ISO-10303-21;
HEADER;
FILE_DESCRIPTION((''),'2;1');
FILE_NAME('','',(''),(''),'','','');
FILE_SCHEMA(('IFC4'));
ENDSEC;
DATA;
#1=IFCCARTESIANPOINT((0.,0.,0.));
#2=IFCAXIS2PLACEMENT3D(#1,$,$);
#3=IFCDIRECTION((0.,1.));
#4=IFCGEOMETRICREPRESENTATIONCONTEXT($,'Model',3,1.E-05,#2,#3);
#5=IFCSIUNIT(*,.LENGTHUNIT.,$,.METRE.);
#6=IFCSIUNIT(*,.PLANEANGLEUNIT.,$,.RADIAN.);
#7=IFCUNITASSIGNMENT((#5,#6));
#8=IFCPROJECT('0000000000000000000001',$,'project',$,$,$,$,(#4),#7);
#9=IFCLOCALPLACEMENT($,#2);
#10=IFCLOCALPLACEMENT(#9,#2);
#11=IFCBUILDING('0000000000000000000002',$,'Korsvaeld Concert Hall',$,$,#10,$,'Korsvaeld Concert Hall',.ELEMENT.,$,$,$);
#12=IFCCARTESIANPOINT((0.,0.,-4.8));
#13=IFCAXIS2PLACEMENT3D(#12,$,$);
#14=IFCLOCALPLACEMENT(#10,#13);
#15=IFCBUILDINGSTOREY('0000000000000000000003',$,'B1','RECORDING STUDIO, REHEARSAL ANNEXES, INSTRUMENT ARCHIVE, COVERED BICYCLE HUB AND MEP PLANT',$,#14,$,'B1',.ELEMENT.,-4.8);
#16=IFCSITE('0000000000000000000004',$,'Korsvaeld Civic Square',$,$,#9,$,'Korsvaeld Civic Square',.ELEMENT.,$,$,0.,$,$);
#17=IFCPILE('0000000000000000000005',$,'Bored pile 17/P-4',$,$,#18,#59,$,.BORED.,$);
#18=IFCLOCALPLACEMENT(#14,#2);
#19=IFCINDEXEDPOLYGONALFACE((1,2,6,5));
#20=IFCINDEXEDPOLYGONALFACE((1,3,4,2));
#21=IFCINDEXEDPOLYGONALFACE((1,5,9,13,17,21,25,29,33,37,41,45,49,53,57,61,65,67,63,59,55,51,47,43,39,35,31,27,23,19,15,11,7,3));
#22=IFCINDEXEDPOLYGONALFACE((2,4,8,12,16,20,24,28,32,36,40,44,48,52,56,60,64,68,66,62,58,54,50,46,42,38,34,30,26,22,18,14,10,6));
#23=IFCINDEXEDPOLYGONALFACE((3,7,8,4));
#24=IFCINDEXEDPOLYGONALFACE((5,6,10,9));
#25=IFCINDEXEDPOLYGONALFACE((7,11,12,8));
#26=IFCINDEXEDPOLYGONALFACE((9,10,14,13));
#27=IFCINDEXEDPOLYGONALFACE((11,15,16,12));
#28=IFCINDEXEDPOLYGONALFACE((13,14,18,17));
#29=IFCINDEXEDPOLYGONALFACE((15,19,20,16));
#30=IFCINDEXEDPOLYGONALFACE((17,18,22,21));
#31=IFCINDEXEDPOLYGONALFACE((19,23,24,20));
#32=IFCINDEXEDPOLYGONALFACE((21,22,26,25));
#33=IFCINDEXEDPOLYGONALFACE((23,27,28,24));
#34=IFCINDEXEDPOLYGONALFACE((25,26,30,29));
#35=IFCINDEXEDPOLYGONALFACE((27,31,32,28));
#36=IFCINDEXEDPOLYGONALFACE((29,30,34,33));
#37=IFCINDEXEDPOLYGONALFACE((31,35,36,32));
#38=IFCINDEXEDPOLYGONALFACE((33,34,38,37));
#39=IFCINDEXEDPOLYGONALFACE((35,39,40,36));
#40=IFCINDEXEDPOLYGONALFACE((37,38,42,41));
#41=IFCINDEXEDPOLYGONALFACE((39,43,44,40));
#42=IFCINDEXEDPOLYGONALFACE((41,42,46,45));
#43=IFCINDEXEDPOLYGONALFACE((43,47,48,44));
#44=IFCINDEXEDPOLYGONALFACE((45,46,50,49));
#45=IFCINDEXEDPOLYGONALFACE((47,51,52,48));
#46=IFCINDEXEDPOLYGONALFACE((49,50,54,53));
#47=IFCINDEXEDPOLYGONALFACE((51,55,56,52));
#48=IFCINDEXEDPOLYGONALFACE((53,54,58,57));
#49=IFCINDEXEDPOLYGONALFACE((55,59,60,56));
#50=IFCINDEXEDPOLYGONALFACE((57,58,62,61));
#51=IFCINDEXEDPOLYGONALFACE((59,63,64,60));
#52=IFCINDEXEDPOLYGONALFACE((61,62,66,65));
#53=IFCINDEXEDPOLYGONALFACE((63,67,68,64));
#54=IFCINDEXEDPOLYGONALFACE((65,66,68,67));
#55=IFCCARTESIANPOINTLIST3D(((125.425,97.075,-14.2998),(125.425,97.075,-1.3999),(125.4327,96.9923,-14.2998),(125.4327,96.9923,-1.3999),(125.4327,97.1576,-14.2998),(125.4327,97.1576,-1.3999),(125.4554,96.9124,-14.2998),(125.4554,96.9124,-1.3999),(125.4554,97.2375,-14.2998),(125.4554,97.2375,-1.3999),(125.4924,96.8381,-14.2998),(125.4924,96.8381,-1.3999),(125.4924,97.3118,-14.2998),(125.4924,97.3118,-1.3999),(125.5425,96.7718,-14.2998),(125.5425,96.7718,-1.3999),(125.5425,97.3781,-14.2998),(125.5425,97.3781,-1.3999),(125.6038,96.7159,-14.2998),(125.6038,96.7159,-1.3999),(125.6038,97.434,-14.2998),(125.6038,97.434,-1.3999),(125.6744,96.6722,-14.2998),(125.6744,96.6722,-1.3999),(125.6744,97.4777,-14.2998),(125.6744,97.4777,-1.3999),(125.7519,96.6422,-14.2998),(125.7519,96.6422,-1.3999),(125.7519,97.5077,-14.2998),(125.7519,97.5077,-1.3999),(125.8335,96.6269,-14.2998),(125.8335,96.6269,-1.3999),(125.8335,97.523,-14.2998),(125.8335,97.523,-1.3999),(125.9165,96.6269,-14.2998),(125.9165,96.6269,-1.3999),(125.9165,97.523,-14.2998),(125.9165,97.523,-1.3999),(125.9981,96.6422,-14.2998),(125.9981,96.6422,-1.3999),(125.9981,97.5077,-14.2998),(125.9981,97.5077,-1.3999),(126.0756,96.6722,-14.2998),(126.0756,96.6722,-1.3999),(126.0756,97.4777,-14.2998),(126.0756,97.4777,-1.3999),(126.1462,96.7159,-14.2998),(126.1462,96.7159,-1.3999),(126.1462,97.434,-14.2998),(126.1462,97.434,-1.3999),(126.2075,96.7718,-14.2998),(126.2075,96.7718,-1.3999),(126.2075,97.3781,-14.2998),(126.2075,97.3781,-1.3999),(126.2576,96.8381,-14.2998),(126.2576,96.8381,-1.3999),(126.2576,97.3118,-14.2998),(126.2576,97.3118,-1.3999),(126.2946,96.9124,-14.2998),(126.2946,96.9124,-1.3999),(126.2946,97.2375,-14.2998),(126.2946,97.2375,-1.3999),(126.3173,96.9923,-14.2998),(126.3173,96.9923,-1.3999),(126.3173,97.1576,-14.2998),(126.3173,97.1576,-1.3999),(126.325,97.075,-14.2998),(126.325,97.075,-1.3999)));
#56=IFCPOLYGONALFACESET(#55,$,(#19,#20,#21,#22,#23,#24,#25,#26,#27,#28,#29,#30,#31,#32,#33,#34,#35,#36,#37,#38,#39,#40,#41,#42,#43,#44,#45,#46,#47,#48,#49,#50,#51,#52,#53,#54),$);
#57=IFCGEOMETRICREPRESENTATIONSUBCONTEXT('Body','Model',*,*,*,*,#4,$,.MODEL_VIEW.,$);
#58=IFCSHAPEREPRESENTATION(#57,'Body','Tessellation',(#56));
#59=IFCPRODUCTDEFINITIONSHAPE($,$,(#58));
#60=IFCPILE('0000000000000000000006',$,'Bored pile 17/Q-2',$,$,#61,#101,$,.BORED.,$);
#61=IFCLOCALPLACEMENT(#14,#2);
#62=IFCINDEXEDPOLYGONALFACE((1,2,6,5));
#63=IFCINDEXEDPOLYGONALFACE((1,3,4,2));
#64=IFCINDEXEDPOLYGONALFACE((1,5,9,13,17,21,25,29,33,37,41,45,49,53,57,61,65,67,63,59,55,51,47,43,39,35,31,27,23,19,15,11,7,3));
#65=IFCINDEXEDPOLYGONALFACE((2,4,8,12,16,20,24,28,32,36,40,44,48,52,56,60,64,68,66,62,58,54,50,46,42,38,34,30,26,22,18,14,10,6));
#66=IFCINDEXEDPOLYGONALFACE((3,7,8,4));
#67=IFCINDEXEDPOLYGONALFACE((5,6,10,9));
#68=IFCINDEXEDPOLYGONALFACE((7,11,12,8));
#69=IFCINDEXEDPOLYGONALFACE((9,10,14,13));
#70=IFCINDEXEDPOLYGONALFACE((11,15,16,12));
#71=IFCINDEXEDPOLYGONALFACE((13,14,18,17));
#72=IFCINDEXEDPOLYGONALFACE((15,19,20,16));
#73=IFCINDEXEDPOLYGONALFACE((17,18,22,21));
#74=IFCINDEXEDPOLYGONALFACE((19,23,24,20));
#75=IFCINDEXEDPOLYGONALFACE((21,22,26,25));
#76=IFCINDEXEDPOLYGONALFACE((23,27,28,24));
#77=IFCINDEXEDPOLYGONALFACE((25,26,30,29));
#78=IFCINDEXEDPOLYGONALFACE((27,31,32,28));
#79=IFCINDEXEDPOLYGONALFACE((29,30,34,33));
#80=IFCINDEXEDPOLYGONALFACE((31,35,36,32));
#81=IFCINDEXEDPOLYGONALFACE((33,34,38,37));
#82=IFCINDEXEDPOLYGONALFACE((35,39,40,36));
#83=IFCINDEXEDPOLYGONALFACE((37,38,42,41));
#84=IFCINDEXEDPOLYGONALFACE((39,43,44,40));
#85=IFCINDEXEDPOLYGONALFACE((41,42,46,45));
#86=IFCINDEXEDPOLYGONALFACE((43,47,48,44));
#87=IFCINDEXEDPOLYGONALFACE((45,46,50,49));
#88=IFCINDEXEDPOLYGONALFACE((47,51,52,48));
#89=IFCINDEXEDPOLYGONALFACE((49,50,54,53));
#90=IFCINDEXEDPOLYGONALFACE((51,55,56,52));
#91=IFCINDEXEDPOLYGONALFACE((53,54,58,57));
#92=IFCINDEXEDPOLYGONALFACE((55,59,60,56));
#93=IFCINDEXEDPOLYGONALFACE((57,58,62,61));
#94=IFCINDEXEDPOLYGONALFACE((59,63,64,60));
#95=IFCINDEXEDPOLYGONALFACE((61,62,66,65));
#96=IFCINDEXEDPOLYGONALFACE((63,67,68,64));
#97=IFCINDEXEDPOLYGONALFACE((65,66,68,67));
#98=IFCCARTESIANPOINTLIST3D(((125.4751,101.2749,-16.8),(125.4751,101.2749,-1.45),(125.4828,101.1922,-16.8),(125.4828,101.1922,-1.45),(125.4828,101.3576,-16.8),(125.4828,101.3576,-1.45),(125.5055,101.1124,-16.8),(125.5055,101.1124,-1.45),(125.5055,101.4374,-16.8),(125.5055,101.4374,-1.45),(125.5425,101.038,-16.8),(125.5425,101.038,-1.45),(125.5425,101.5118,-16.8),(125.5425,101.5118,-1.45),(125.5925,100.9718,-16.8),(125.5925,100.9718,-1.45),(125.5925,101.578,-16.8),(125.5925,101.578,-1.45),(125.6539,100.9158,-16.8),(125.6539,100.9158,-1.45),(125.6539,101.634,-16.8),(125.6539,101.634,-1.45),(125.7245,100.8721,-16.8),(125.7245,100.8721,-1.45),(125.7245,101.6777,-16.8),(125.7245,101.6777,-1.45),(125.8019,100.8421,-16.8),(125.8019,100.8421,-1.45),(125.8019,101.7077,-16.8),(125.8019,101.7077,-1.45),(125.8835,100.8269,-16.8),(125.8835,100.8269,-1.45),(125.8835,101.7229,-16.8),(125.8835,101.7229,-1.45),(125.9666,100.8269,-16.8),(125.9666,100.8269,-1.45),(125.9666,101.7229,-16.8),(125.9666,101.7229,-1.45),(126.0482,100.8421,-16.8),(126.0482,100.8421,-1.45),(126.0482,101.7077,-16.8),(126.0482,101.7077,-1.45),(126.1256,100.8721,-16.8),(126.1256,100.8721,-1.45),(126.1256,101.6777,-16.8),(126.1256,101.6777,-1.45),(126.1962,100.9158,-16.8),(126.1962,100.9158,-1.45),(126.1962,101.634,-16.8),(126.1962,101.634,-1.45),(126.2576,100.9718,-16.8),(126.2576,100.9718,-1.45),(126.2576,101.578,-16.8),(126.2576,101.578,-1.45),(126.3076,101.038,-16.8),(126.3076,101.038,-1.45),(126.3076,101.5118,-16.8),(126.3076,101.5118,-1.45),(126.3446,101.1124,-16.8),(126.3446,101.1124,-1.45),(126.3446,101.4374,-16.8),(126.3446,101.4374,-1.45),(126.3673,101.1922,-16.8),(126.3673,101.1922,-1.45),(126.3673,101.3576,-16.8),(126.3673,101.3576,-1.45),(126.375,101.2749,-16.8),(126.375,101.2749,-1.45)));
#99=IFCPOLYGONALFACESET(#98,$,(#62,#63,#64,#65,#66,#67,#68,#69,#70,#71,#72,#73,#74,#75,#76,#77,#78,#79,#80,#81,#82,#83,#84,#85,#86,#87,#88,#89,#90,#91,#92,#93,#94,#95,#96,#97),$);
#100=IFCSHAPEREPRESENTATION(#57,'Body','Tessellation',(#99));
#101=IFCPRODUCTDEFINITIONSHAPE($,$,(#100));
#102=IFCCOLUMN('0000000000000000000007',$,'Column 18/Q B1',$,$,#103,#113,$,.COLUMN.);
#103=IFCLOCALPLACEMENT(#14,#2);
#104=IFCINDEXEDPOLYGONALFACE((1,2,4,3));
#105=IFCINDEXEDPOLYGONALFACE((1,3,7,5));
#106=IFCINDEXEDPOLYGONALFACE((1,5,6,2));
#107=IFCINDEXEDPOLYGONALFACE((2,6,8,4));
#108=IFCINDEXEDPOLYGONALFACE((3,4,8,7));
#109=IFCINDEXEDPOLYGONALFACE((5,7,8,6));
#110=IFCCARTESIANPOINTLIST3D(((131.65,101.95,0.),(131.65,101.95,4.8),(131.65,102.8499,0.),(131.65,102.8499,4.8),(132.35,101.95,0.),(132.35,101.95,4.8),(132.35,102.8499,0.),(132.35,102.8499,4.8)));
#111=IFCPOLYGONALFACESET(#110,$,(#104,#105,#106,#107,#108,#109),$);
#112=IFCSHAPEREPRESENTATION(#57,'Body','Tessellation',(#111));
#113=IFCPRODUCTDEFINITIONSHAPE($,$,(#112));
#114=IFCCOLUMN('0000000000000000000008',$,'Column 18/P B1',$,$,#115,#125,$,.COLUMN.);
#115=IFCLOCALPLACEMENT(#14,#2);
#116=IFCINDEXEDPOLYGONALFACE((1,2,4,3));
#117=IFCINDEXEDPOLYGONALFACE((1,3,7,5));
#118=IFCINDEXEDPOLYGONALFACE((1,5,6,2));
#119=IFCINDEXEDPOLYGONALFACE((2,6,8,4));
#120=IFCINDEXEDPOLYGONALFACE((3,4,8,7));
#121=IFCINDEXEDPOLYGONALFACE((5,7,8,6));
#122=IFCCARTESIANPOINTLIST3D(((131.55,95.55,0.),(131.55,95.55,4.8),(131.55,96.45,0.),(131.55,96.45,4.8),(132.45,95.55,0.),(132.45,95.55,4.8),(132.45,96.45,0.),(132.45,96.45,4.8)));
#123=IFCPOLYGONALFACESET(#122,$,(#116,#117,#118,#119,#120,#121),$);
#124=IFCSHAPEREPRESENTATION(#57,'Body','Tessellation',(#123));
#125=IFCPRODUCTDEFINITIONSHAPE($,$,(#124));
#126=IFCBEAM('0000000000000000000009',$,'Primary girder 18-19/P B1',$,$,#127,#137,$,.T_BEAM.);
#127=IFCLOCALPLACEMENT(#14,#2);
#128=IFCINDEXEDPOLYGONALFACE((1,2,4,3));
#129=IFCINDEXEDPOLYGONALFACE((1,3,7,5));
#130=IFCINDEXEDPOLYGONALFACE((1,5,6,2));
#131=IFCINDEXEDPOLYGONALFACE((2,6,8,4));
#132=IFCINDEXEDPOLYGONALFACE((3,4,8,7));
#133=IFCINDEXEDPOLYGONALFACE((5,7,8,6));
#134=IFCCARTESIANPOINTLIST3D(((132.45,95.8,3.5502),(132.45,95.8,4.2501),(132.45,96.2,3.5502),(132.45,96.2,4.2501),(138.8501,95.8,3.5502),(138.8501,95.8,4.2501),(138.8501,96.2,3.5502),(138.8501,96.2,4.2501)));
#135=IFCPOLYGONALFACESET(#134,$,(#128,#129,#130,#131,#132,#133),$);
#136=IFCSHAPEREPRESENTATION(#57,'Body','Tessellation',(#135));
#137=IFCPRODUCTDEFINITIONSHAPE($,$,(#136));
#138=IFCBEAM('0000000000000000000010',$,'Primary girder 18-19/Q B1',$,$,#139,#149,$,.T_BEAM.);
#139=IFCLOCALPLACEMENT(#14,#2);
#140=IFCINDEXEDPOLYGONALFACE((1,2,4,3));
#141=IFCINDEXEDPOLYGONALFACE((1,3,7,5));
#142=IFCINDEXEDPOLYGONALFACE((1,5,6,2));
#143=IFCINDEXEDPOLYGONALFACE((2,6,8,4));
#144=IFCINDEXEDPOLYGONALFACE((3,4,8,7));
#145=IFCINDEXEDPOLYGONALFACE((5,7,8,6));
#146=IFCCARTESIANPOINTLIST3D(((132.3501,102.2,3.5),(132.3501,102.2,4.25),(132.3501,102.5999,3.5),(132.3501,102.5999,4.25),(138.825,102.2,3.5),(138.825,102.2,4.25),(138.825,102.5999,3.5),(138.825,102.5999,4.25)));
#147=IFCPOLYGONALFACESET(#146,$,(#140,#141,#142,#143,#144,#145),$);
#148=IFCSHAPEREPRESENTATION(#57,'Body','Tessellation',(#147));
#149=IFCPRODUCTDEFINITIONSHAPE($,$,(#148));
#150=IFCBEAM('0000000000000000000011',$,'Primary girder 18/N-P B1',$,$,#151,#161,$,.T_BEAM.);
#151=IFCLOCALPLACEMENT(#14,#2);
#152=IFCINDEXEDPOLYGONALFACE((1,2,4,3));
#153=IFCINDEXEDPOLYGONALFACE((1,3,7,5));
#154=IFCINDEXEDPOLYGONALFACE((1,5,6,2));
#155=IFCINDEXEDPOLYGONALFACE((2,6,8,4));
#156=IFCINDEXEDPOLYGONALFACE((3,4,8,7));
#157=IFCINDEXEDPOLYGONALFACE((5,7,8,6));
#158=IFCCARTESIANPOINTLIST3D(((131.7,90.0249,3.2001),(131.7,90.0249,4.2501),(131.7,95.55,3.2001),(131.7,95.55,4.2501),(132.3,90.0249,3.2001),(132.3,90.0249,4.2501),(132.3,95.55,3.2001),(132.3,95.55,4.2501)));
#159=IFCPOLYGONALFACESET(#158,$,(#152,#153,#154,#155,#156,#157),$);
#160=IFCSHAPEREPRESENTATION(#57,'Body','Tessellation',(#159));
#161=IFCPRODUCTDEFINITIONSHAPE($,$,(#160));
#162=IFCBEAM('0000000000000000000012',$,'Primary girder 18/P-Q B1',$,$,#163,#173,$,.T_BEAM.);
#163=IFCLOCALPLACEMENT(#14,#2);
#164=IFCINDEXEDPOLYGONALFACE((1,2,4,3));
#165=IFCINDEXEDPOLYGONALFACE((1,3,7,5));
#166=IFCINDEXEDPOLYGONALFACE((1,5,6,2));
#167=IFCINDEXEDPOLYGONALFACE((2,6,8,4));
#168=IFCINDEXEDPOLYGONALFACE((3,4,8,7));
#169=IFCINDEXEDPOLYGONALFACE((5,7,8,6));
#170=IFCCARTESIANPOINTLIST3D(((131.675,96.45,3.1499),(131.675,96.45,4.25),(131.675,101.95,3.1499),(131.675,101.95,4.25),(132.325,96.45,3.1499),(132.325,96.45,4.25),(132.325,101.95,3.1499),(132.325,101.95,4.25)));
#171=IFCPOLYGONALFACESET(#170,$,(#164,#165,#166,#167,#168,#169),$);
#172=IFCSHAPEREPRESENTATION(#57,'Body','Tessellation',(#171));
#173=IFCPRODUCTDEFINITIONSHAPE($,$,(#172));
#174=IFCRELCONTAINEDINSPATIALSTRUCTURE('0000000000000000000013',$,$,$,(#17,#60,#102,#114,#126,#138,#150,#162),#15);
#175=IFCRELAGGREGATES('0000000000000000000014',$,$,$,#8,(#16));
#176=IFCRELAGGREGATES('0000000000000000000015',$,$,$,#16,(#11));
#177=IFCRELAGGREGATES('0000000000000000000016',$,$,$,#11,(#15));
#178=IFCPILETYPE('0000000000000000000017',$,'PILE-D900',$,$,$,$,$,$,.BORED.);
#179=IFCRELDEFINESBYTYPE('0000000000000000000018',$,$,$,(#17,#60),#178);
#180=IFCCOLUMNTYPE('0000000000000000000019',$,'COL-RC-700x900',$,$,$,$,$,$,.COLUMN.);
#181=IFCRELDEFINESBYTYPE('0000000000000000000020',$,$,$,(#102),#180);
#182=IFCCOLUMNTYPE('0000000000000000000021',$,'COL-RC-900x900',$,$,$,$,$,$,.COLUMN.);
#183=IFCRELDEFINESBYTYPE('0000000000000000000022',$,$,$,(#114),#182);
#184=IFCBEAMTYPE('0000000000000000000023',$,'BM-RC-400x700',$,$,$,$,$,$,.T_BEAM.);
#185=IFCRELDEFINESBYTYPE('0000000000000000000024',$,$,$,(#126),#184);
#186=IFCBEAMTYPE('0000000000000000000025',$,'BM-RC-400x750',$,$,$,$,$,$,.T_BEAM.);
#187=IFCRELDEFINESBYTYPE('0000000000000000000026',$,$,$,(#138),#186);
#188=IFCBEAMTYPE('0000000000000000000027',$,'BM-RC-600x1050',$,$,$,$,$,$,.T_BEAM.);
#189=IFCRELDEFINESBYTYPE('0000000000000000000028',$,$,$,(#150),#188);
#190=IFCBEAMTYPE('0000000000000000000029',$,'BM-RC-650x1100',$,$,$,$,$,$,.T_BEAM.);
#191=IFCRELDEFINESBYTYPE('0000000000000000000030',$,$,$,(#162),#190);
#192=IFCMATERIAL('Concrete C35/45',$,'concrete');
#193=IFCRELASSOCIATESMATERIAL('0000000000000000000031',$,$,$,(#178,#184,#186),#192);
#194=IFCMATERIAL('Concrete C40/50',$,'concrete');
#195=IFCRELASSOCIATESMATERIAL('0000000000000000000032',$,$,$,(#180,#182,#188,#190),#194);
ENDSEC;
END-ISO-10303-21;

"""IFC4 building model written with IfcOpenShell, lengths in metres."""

from ifc_helpers import new_model, si_unit, direction, frame, origin, origin_2d, place, context, subcontext, project, spatial, rectangle, circle, extrude, material, material_profile, profile_set, type_object, element, save


model = new_model("IFC4")

# Units and contexts
model_context = context("Model", 3, precision=1e-05, world=origin(), true_north=direction((0.0, 1.0)))
body_context = subcontext(model_context, "Body", "Model", "MODEL_VIEW")
ifc_project = project(units=[si_unit("LENGTHUNIT", "METRE"), si_unit("PLANEANGLEUNIT", "RADIAN")], contexts=[model_context])

# Site, building, storey
site_placement = place(None, origin())
site = spatial("IfcSite", under=ifc_project, at=site_placement, Name="Korsvaeld Civic Square", LongName="Korsvaeld Civic Square", CompositionType="ELEMENT", RefElevation=0.0)
building_placement = place(site_placement, origin())
building = spatial("IfcBuilding", under=site, at=building_placement, Name="Korsvaeld Concert Hall", LongName="Korsvaeld Concert Hall", CompositionType="ELEMENT")
storey_placement = place(building_placement, frame((0.0, 0.0, -4.8)))
storey = spatial("IfcBuildingStorey", under=building, at=storey_placement, Name="B1", Description="RECORDING STUDIO, REHEARSAL ANNEXES, INSTRUMENT ARCHIVE, COVERED BICYCLE HUB AND MEP PLANT", LongName="B1", CompositionType="ELEMENT", Elevation=-4.8)

# Shared definitions
ifc_material_1 = material(Name="Concrete C35/45", Category="concrete")

# Piles
ifc_material_profile_1 = material_profile(ifc_material_1, circle(Radius=0.45, at=origin_2d()), Name="BORED PILE D900")
ifc_profile_set_1 = profile_set([ifc_material_profile_1], Name="Concrete C35/45")
pile_type_1 = type_object("IfcPileType", Name="PILE-D900", PredefinedType="BORED", material=ifc_profile_set_1)
for number, where, z_axis, x_axis, name in (
    (1, (125.875, 97.075, -1.3999), (0.0, 0.0, -1.0), (1.0, 0.0, 0.0), "Bored pile 17/P-4"),
):
    element("IfcPile", number, at=place(storey_placement, frame(where, z_axis=z_axis, x_axis=x_axis)), inside=storey, type_object=pile_type_1, Name=name, PredefinedType="BORED", context=body_context, shape_type="SweptSolid", body=[
        extrude(circle(Radius=0.45, at=origin_2d()), origin(), (0.0, 0.0, 1.0), 12.8999),
    ])
pile_1_placement = place(storey_placement, frame((125.925, 101.2749, -1.45), z_axis=(0.0, 0.0, -1.0), x_axis=(1.0, 0.0, 0.0)))
element("IfcPile", 2, at=pile_1_placement, inside=storey, type_object=pile_type_1, Name="Bored pile 17/Q-2", PredefinedType="BORED", context=body_context, shape_type="SweptSolid", body=[
    extrude(circle(Radius=0.45, at=origin_2d()), origin(), (0.0, 0.0, 1.0), 15.3501),
])

# Columns
ifc_material_2 = material(Name="Concrete C40/50", Category="concrete")
ifc_material_profile_2 = material_profile(ifc_material_2, rectangle(XDim=0.7, YDim=0.8999, at=origin_2d()), Name="RC 700x900")
ifc_profile_set_2 = profile_set([ifc_material_profile_2], Name="Concrete C40/50")
column_type_1 = type_object("IfcColumnType", Name="COL-RC-700x900", PredefinedType="COLUMN", material=ifc_profile_set_2)
column_1_placement = place(storey_placement, frame((132.0, 102.3999, 0.0), z_axis=(0.0, 0.0, 1.0), x_axis=(1.0, 0.0, 0.0)))
element("IfcColumn", 3, at=column_1_placement, inside=storey, type_object=column_type_1, Name="Column 18/Q B1", PredefinedType="COLUMN", context=body_context, shape_type="SweptSolid", body=[
    extrude(rectangle(XDim=0.7, YDim=0.8999, at=origin_2d()), origin(), (0.0, 0.0, 1.0), 4.8),
])
ifc_material_profile_3 = material_profile(ifc_material_2, rectangle(XDim=0.8999, YDim=0.8999, at=origin_2d()), Name="RC 900x900")
ifc_profile_set_3 = profile_set([ifc_material_profile_3], Name="Concrete C40/50")
column_type_2 = type_object("IfcColumnType", Name="COL-RC-900x900", PredefinedType="COLUMN", material=ifc_profile_set_3)
column_2_placement = place(storey_placement, frame((132.0, 96.0, 0.0), z_axis=(0.0, 0.0, 1.0), x_axis=(1.0, 0.0, 0.0)))
element("IfcColumn", 4, at=column_2_placement, inside=storey, type_object=column_type_2, Name="Column 18/P B1", PredefinedType="COLUMN", context=body_context, shape_type="SweptSolid", body=[
    extrude(rectangle(XDim=0.8999, YDim=0.8999, at=origin_2d()), origin(), (0.0, 0.0, 1.0), 4.8),
])

# Beams
ifc_material_profile_4 = material_profile(ifc_material_1, rectangle(XDim=0.3999, YDim=0.7, at=origin_2d()), Name="RC 400x700")
ifc_profile_set_4 = profile_set([ifc_material_profile_4], Name="Concrete C35/45")
beam_type_1 = type_object("IfcBeamType", Name="BM-RC-400x700", PredefinedType="T_BEAM", material=ifc_profile_set_4)
beam_1_placement = place(storey_placement, frame((132.45, 96.0, 3.9001), z_axis=(1.0, 0.0, 0.0), x_axis=(0.0, 1.0, 0.0)))
element("IfcBeam", 5, at=beam_1_placement, inside=storey, type_object=beam_type_1, Name="Primary girder 18-19/P B1", PredefinedType="T_BEAM", context=body_context, shape_type="SweptSolid", body=[
    extrude(rectangle(XDim=0.3999, YDim=0.7, at=origin_2d()), origin(), (0.0, 0.0, 1.0), 6.4001),
])
ifc_material_profile_5 = material_profile(ifc_material_1, rectangle(XDim=0.3999, YDim=0.75, at=origin_2d()), Name="RC 400x750")
ifc_profile_set_5 = profile_set([ifc_material_profile_5], Name="Concrete C35/45")
beam_type_2 = type_object("IfcBeamType", Name="BM-RC-400x750", PredefinedType="T_BEAM", material=ifc_profile_set_5)
beam_2_placement = place(storey_placement, frame((132.3501, 102.3999, 3.875), z_axis=(1.0, 0.0, 0.0), x_axis=(0.0, 1.0, 0.0)))
element("IfcBeam", 6, at=beam_2_placement, inside=storey, type_object=beam_type_2, Name="Primary girder 18-19/Q B1", PredefinedType="T_BEAM", context=body_context, shape_type="SweptSolid", body=[
    extrude(rectangle(XDim=0.3999, YDim=0.75, at=origin_2d()), origin(), (0.0, 0.0, 1.0), 6.4749),
])
ifc_material_profile_6 = material_profile(ifc_material_2, rectangle(XDim=0.6001, YDim=1.05, at=origin_2d()), Name="RC 600x1050")
ifc_profile_set_6 = profile_set([ifc_material_profile_6], Name="Concrete C40/50")
beam_type_3 = type_object("IfcBeamType", Name="BM-RC-600x1050", PredefinedType="T_BEAM", material=ifc_profile_set_6)
beam_3_placement = place(storey_placement, frame((132.0, 90.0249, 3.7251), z_axis=(0.0, 1.0, 0.0), x_axis=(-1.0, 0.0, 0.0)))
element("IfcBeam", 7, at=beam_3_placement, inside=storey, type_object=beam_type_3, Name="Primary girder 18/N-P B1", PredefinedType="T_BEAM", context=body_context, shape_type="SweptSolid", body=[
    extrude(rectangle(XDim=0.6001, YDim=1.05, at=origin_2d()), origin(), (0.0, 0.0, 1.0), 5.5251),
])
ifc_material_profile_7 = material_profile(ifc_material_2, rectangle(XDim=0.6499, YDim=1.1001, at=origin_2d()), Name="RC 650x1100")
ifc_profile_set_7 = profile_set([ifc_material_profile_7], Name="Concrete C40/50")
beam_type_4 = type_object("IfcBeamType", Name="BM-RC-650x1100", PredefinedType="T_BEAM", material=ifc_profile_set_7)
beam_4_placement = place(storey_placement, frame((132.0, 96.45, 3.7), z_axis=(0.0, 1.0, 0.0), x_axis=(-1.0, 0.0, 0.0)))
element("IfcBeam", 8, at=beam_4_placement, inside=storey, type_object=beam_type_4, Name="Primary girder 18/P-Q B1", PredefinedType="T_BEAM", context=body_context, shape_type="SweptSolid", body=[
    extrude(rectangle(XDim=0.6499, YDim=1.1001, at=origin_2d()), origin(), (0.0, 0.0, 1.0), 5.5),
])

save(model, "model.ifc")
